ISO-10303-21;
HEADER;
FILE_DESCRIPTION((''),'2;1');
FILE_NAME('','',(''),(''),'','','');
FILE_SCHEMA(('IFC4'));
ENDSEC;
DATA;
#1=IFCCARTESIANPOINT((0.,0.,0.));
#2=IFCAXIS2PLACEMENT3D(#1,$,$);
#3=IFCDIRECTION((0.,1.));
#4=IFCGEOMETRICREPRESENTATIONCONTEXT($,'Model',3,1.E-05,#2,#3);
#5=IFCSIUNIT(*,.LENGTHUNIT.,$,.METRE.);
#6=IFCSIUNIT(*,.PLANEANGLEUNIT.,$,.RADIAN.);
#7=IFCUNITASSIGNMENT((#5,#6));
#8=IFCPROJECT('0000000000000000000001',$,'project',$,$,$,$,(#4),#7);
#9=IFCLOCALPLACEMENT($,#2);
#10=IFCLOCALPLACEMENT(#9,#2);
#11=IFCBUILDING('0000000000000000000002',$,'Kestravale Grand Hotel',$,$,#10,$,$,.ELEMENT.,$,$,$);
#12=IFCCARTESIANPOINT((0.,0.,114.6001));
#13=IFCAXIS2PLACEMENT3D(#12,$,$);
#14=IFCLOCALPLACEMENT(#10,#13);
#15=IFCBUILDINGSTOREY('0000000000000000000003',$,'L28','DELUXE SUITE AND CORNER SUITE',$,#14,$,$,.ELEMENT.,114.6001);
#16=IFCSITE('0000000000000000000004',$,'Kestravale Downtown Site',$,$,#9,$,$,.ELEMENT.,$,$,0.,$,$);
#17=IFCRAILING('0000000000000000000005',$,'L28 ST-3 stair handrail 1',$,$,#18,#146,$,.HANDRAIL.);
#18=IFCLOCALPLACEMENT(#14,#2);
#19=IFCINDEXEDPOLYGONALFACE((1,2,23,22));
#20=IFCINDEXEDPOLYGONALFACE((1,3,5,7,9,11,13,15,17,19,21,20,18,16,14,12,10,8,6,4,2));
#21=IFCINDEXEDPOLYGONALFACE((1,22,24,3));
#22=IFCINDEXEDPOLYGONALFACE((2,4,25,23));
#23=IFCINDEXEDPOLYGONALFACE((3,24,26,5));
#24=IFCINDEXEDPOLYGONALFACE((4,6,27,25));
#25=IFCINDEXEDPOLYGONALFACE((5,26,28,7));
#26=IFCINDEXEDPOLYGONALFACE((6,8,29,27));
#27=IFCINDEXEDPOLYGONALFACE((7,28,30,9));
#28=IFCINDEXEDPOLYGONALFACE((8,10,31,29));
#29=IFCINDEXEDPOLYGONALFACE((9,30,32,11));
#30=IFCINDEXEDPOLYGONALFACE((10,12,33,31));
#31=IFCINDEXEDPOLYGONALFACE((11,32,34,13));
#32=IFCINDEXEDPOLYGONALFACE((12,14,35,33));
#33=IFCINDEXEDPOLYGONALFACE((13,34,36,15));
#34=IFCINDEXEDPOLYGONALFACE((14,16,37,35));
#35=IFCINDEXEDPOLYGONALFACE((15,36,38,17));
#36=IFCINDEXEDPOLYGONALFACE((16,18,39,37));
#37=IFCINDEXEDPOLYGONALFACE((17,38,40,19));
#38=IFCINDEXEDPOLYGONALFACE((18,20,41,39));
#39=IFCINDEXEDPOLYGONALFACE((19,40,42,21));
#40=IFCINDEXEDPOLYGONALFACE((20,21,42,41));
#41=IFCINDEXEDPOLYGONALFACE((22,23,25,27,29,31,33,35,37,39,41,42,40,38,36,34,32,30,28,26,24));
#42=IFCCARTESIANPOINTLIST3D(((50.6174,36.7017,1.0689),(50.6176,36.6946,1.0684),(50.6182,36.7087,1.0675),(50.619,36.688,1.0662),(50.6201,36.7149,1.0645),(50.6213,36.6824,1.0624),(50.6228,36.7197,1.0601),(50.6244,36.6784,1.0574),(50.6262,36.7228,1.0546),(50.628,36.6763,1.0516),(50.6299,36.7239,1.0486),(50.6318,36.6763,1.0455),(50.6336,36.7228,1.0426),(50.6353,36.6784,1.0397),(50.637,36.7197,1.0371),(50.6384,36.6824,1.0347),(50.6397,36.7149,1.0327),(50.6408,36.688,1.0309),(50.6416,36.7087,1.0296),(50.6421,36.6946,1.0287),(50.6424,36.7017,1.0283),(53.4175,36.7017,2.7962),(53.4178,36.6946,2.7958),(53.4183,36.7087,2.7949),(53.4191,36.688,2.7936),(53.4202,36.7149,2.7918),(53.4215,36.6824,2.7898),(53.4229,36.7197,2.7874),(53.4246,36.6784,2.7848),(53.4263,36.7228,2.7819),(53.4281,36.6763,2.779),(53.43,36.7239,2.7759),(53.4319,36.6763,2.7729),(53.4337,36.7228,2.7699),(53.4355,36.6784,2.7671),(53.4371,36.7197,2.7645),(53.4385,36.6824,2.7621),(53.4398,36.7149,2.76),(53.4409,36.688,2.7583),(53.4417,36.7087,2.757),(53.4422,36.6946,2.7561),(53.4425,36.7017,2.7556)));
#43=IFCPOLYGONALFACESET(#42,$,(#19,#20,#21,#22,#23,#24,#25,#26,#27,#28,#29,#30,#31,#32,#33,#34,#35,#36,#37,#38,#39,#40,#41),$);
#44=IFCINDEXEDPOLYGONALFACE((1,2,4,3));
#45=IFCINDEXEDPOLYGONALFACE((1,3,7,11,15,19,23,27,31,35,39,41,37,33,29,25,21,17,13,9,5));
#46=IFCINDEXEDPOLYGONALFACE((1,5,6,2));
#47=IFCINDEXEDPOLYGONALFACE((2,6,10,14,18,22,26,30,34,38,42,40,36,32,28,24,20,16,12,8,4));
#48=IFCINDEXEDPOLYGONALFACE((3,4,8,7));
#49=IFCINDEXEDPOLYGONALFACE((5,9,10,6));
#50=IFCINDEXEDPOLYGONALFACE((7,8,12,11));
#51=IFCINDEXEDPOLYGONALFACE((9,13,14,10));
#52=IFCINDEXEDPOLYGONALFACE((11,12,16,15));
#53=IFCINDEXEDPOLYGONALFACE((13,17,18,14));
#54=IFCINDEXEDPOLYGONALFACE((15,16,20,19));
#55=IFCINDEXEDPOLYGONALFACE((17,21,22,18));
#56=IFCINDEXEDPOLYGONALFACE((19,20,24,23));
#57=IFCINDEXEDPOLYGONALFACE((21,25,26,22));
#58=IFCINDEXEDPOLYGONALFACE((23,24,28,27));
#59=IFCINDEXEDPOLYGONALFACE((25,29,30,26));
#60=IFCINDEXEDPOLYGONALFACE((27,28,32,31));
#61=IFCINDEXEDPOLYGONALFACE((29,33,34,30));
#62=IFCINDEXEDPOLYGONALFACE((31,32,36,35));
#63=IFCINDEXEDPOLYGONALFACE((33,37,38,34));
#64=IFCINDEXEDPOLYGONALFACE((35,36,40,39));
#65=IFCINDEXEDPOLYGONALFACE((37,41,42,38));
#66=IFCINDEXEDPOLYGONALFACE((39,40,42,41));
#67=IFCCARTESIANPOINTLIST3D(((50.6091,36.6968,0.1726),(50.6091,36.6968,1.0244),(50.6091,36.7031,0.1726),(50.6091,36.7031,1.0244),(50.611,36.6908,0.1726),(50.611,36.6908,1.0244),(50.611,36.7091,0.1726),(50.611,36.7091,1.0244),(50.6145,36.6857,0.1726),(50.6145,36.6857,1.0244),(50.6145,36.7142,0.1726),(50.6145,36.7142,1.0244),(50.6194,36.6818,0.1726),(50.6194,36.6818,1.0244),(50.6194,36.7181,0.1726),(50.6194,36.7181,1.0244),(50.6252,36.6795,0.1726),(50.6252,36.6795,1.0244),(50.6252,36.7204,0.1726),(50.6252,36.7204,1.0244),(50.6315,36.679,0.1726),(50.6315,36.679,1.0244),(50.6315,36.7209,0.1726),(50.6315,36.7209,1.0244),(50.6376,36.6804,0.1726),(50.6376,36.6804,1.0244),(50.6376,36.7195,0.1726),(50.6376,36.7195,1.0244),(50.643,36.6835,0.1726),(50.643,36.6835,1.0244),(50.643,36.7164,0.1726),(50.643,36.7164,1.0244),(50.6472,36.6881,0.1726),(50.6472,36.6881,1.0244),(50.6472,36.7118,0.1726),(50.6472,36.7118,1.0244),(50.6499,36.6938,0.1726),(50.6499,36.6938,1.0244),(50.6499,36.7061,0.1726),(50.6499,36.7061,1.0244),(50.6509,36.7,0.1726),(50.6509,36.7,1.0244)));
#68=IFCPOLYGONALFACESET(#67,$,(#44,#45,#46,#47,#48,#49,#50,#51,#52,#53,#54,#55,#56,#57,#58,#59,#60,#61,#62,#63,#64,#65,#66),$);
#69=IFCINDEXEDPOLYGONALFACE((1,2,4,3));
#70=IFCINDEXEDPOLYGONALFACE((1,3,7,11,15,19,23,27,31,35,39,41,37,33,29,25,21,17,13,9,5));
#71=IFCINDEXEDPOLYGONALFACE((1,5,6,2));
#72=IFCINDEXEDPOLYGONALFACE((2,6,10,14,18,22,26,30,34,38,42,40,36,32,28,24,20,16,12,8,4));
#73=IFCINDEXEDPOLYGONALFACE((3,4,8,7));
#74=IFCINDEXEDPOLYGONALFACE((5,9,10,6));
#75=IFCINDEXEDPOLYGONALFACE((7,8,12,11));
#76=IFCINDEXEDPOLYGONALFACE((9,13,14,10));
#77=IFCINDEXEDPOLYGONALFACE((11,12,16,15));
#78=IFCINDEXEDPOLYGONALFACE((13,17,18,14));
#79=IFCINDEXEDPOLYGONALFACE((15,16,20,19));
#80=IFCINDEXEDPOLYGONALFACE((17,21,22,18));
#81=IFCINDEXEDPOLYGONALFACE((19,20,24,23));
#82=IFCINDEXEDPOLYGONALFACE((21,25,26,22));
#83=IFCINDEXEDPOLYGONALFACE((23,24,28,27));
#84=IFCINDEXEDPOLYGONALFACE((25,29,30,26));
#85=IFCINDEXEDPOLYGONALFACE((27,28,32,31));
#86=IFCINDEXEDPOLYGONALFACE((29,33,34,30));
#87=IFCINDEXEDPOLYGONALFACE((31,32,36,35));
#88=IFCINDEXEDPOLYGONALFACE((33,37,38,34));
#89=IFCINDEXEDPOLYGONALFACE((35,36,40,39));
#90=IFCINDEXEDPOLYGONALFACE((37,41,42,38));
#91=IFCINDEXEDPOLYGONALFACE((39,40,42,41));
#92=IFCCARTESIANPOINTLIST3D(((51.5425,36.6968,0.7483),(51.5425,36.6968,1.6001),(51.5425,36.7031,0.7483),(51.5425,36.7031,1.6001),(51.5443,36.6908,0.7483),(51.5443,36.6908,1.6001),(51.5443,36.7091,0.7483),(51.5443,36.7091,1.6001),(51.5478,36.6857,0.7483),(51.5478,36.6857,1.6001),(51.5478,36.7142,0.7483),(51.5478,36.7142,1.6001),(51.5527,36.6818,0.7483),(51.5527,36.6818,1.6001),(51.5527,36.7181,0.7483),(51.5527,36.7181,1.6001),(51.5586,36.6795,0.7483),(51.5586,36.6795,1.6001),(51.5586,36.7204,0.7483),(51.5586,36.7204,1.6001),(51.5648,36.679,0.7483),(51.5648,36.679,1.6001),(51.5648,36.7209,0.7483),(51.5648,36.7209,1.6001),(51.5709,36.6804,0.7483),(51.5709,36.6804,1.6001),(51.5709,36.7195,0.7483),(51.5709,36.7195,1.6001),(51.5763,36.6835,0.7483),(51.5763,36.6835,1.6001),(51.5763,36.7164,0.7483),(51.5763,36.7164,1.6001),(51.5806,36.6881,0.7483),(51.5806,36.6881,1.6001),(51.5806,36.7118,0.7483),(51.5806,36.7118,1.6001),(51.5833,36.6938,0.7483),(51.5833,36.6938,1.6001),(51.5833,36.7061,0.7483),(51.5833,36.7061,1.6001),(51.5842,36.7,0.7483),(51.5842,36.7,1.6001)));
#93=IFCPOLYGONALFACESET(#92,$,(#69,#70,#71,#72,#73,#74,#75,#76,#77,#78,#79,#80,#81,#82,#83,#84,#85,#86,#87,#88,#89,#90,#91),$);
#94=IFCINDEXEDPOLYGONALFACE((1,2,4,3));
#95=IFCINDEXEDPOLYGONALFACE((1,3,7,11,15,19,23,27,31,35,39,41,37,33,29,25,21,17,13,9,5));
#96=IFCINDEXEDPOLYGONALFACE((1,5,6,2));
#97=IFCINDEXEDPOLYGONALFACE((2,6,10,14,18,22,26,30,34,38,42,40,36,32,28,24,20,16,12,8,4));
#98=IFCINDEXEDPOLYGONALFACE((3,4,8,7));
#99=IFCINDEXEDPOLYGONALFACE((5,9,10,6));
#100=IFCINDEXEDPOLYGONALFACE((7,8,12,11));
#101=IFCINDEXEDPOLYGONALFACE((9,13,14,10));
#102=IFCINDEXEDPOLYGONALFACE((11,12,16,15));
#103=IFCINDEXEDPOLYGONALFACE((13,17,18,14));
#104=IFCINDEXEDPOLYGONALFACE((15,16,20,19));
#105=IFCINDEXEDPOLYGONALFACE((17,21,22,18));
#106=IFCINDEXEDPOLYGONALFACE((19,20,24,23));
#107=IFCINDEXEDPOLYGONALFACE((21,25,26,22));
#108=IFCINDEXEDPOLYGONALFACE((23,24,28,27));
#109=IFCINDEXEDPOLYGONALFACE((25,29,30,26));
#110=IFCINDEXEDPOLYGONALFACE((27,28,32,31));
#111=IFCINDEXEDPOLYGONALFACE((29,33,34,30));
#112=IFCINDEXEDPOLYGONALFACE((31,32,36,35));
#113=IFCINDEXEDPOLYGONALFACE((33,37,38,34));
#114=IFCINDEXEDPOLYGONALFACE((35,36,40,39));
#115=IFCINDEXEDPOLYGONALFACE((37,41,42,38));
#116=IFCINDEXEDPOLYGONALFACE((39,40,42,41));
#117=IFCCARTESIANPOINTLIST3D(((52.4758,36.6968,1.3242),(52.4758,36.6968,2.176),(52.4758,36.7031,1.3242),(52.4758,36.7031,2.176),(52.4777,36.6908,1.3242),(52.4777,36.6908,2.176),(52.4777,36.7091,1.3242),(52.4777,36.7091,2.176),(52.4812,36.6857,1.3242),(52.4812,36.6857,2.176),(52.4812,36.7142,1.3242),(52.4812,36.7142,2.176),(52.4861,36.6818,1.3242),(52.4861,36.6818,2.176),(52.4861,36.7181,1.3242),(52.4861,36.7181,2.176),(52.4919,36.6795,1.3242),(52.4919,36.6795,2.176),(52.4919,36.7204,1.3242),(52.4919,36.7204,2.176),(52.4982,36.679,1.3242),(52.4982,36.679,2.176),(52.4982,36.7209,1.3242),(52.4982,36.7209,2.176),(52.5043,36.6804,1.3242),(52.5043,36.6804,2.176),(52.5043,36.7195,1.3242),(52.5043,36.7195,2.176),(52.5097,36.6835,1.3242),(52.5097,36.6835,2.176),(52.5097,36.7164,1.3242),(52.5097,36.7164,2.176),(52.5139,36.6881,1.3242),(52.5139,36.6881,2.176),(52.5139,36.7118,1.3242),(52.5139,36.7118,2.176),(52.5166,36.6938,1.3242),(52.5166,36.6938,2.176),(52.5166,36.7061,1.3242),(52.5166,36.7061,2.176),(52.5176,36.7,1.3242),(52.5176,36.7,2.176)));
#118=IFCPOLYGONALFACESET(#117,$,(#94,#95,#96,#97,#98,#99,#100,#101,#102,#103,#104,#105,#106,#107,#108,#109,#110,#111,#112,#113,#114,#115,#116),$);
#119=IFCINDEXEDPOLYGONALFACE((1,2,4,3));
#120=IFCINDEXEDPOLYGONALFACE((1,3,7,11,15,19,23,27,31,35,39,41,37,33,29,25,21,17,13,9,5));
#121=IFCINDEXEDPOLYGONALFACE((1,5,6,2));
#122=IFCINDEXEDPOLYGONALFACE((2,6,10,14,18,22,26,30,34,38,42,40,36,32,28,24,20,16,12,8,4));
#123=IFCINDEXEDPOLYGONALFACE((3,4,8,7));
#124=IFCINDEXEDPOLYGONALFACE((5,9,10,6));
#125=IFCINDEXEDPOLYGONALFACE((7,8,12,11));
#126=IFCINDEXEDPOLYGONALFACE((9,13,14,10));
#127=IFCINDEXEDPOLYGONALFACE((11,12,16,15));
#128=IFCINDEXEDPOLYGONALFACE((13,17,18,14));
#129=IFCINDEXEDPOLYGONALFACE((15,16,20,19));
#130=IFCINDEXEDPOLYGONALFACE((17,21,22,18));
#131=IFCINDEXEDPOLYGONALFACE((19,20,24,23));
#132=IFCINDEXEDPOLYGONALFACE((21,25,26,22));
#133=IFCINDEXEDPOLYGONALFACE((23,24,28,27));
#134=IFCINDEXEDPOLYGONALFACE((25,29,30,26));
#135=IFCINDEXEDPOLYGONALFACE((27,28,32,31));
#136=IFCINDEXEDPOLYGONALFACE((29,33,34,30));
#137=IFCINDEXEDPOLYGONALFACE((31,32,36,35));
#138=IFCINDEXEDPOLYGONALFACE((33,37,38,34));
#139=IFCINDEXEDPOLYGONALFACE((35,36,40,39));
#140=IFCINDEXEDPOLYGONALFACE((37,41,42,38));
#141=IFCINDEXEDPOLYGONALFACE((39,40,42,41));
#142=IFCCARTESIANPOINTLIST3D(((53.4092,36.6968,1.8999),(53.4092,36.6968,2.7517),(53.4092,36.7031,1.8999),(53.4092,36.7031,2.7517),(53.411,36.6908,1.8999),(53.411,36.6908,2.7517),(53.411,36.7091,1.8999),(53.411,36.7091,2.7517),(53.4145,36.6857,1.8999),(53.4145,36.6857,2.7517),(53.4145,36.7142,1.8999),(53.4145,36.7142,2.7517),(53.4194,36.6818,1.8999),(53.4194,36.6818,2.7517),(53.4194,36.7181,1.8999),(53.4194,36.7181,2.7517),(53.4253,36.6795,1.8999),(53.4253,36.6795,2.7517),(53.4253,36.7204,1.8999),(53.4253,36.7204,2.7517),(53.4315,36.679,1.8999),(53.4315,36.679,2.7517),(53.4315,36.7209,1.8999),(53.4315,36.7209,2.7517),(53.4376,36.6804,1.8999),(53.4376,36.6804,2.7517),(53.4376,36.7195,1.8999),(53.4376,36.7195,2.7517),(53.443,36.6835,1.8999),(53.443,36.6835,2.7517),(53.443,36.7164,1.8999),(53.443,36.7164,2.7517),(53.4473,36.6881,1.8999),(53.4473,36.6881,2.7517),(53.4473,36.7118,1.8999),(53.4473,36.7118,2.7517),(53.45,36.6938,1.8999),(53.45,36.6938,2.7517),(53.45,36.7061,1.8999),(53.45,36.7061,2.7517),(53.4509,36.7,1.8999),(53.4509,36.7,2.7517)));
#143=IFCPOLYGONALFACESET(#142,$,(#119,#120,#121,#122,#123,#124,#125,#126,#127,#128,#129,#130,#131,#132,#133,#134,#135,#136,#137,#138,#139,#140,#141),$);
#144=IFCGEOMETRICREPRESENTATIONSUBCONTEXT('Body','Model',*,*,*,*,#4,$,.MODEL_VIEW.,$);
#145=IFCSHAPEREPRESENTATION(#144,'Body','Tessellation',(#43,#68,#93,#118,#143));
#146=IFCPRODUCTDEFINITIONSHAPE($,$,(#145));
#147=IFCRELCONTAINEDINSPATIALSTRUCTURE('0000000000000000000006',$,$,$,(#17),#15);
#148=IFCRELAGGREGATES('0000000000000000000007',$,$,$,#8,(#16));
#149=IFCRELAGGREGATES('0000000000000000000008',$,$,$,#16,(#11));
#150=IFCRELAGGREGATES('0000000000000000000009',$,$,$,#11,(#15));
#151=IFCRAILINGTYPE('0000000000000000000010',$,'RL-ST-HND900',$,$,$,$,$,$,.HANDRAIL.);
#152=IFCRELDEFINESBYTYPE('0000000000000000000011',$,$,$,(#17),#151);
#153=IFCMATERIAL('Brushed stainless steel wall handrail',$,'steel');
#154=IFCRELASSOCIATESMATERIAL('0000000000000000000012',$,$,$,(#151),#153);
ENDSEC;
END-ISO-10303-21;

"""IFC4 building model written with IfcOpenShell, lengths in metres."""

from ifc_helpers import new_model, si_unit, direction, frame, origin, origin_2d, place, context, subcontext, project, spatial, circle, extrude, material, type_object, element, save


model = new_model("IFC4")

# Units and contexts
model_context = context("Model", 3, precision=1e-05, world=origin(), true_north=direction((0.0, 1.0)))
body_context = subcontext(model_context, "Body", "Model", "MODEL_VIEW")
ifc_project = project(units=[si_unit("LENGTHUNIT", "METRE"), si_unit("PLANEANGLEUNIT", "RADIAN")], contexts=[model_context])

# Site, building, storey
site_placement = place(None, origin())
site = spatial("IfcSite", under=ifc_project, at=site_placement, Name="Kestravale Downtown Site", CompositionType="ELEMENT", RefElevation=0.0)
building_placement = place(site_placement, origin())
building = spatial("IfcBuilding", under=site, at=building_placement, Name="Kestravale Grand Hotel", CompositionType="ELEMENT")
storey_placement = place(building_placement, frame((0.0, 0.0, 114.6001)))
storey = spatial("IfcBuildingStorey", under=building, at=storey_placement, Name="L28", Description="DELUXE SUITE AND CORNER SUITE", CompositionType="ELEMENT", Elevation=114.6001)

# Railing
ifc_material_1 = material(Name="Brushed stainless steel wall handrail", Category="steel")
railing_type_1 = type_object("IfcRailingType", Name="RL-ST-HND900", PredefinedType="HANDRAIL", material=ifc_material_1)
railing_1_placement = place(storey_placement, frame((50.6299, 36.7, 0.1726)))
element("IfcRailing", 1, at=railing_1_placement, inside=storey, type_object=railing_type_1, Name="L28 ST-3 stair handrail 1", PredefinedType="HANDRAIL", context=body_context, shape_type="SweptSolid", body=[
    extrude(circle(Radius=0.0239, at=origin_2d()), frame((0.0, 0.0, 0.876), z_axis=(0.85109, 0.0, 0.52502), x_axis=(0.0, 1.0, 0.0)), (0.0, 0.0, 1.0), 3.29),
    extrude(circle(Radius=0.021, at=origin_2d()), origin(), (0.0, 0.0, 1.0), 0.8518),
    extrude(circle(Radius=0.021, at=origin_2d()), frame((0.9333, 0.0, 0.5757)), (0.0, 0.0, 1.0), 0.8518),
    extrude(circle(Radius=0.021, at=origin_2d()), frame((1.8667, 0.0, 1.1516)), (0.0, 0.0, 1.0), 0.8518),
    extrude(circle(Radius=0.021, at=origin_2d()), frame((2.8, 0.0, 1.7273)), (0.0, 0.0, 1.0), 0.8518),
])

save(model, "model.ifc")
